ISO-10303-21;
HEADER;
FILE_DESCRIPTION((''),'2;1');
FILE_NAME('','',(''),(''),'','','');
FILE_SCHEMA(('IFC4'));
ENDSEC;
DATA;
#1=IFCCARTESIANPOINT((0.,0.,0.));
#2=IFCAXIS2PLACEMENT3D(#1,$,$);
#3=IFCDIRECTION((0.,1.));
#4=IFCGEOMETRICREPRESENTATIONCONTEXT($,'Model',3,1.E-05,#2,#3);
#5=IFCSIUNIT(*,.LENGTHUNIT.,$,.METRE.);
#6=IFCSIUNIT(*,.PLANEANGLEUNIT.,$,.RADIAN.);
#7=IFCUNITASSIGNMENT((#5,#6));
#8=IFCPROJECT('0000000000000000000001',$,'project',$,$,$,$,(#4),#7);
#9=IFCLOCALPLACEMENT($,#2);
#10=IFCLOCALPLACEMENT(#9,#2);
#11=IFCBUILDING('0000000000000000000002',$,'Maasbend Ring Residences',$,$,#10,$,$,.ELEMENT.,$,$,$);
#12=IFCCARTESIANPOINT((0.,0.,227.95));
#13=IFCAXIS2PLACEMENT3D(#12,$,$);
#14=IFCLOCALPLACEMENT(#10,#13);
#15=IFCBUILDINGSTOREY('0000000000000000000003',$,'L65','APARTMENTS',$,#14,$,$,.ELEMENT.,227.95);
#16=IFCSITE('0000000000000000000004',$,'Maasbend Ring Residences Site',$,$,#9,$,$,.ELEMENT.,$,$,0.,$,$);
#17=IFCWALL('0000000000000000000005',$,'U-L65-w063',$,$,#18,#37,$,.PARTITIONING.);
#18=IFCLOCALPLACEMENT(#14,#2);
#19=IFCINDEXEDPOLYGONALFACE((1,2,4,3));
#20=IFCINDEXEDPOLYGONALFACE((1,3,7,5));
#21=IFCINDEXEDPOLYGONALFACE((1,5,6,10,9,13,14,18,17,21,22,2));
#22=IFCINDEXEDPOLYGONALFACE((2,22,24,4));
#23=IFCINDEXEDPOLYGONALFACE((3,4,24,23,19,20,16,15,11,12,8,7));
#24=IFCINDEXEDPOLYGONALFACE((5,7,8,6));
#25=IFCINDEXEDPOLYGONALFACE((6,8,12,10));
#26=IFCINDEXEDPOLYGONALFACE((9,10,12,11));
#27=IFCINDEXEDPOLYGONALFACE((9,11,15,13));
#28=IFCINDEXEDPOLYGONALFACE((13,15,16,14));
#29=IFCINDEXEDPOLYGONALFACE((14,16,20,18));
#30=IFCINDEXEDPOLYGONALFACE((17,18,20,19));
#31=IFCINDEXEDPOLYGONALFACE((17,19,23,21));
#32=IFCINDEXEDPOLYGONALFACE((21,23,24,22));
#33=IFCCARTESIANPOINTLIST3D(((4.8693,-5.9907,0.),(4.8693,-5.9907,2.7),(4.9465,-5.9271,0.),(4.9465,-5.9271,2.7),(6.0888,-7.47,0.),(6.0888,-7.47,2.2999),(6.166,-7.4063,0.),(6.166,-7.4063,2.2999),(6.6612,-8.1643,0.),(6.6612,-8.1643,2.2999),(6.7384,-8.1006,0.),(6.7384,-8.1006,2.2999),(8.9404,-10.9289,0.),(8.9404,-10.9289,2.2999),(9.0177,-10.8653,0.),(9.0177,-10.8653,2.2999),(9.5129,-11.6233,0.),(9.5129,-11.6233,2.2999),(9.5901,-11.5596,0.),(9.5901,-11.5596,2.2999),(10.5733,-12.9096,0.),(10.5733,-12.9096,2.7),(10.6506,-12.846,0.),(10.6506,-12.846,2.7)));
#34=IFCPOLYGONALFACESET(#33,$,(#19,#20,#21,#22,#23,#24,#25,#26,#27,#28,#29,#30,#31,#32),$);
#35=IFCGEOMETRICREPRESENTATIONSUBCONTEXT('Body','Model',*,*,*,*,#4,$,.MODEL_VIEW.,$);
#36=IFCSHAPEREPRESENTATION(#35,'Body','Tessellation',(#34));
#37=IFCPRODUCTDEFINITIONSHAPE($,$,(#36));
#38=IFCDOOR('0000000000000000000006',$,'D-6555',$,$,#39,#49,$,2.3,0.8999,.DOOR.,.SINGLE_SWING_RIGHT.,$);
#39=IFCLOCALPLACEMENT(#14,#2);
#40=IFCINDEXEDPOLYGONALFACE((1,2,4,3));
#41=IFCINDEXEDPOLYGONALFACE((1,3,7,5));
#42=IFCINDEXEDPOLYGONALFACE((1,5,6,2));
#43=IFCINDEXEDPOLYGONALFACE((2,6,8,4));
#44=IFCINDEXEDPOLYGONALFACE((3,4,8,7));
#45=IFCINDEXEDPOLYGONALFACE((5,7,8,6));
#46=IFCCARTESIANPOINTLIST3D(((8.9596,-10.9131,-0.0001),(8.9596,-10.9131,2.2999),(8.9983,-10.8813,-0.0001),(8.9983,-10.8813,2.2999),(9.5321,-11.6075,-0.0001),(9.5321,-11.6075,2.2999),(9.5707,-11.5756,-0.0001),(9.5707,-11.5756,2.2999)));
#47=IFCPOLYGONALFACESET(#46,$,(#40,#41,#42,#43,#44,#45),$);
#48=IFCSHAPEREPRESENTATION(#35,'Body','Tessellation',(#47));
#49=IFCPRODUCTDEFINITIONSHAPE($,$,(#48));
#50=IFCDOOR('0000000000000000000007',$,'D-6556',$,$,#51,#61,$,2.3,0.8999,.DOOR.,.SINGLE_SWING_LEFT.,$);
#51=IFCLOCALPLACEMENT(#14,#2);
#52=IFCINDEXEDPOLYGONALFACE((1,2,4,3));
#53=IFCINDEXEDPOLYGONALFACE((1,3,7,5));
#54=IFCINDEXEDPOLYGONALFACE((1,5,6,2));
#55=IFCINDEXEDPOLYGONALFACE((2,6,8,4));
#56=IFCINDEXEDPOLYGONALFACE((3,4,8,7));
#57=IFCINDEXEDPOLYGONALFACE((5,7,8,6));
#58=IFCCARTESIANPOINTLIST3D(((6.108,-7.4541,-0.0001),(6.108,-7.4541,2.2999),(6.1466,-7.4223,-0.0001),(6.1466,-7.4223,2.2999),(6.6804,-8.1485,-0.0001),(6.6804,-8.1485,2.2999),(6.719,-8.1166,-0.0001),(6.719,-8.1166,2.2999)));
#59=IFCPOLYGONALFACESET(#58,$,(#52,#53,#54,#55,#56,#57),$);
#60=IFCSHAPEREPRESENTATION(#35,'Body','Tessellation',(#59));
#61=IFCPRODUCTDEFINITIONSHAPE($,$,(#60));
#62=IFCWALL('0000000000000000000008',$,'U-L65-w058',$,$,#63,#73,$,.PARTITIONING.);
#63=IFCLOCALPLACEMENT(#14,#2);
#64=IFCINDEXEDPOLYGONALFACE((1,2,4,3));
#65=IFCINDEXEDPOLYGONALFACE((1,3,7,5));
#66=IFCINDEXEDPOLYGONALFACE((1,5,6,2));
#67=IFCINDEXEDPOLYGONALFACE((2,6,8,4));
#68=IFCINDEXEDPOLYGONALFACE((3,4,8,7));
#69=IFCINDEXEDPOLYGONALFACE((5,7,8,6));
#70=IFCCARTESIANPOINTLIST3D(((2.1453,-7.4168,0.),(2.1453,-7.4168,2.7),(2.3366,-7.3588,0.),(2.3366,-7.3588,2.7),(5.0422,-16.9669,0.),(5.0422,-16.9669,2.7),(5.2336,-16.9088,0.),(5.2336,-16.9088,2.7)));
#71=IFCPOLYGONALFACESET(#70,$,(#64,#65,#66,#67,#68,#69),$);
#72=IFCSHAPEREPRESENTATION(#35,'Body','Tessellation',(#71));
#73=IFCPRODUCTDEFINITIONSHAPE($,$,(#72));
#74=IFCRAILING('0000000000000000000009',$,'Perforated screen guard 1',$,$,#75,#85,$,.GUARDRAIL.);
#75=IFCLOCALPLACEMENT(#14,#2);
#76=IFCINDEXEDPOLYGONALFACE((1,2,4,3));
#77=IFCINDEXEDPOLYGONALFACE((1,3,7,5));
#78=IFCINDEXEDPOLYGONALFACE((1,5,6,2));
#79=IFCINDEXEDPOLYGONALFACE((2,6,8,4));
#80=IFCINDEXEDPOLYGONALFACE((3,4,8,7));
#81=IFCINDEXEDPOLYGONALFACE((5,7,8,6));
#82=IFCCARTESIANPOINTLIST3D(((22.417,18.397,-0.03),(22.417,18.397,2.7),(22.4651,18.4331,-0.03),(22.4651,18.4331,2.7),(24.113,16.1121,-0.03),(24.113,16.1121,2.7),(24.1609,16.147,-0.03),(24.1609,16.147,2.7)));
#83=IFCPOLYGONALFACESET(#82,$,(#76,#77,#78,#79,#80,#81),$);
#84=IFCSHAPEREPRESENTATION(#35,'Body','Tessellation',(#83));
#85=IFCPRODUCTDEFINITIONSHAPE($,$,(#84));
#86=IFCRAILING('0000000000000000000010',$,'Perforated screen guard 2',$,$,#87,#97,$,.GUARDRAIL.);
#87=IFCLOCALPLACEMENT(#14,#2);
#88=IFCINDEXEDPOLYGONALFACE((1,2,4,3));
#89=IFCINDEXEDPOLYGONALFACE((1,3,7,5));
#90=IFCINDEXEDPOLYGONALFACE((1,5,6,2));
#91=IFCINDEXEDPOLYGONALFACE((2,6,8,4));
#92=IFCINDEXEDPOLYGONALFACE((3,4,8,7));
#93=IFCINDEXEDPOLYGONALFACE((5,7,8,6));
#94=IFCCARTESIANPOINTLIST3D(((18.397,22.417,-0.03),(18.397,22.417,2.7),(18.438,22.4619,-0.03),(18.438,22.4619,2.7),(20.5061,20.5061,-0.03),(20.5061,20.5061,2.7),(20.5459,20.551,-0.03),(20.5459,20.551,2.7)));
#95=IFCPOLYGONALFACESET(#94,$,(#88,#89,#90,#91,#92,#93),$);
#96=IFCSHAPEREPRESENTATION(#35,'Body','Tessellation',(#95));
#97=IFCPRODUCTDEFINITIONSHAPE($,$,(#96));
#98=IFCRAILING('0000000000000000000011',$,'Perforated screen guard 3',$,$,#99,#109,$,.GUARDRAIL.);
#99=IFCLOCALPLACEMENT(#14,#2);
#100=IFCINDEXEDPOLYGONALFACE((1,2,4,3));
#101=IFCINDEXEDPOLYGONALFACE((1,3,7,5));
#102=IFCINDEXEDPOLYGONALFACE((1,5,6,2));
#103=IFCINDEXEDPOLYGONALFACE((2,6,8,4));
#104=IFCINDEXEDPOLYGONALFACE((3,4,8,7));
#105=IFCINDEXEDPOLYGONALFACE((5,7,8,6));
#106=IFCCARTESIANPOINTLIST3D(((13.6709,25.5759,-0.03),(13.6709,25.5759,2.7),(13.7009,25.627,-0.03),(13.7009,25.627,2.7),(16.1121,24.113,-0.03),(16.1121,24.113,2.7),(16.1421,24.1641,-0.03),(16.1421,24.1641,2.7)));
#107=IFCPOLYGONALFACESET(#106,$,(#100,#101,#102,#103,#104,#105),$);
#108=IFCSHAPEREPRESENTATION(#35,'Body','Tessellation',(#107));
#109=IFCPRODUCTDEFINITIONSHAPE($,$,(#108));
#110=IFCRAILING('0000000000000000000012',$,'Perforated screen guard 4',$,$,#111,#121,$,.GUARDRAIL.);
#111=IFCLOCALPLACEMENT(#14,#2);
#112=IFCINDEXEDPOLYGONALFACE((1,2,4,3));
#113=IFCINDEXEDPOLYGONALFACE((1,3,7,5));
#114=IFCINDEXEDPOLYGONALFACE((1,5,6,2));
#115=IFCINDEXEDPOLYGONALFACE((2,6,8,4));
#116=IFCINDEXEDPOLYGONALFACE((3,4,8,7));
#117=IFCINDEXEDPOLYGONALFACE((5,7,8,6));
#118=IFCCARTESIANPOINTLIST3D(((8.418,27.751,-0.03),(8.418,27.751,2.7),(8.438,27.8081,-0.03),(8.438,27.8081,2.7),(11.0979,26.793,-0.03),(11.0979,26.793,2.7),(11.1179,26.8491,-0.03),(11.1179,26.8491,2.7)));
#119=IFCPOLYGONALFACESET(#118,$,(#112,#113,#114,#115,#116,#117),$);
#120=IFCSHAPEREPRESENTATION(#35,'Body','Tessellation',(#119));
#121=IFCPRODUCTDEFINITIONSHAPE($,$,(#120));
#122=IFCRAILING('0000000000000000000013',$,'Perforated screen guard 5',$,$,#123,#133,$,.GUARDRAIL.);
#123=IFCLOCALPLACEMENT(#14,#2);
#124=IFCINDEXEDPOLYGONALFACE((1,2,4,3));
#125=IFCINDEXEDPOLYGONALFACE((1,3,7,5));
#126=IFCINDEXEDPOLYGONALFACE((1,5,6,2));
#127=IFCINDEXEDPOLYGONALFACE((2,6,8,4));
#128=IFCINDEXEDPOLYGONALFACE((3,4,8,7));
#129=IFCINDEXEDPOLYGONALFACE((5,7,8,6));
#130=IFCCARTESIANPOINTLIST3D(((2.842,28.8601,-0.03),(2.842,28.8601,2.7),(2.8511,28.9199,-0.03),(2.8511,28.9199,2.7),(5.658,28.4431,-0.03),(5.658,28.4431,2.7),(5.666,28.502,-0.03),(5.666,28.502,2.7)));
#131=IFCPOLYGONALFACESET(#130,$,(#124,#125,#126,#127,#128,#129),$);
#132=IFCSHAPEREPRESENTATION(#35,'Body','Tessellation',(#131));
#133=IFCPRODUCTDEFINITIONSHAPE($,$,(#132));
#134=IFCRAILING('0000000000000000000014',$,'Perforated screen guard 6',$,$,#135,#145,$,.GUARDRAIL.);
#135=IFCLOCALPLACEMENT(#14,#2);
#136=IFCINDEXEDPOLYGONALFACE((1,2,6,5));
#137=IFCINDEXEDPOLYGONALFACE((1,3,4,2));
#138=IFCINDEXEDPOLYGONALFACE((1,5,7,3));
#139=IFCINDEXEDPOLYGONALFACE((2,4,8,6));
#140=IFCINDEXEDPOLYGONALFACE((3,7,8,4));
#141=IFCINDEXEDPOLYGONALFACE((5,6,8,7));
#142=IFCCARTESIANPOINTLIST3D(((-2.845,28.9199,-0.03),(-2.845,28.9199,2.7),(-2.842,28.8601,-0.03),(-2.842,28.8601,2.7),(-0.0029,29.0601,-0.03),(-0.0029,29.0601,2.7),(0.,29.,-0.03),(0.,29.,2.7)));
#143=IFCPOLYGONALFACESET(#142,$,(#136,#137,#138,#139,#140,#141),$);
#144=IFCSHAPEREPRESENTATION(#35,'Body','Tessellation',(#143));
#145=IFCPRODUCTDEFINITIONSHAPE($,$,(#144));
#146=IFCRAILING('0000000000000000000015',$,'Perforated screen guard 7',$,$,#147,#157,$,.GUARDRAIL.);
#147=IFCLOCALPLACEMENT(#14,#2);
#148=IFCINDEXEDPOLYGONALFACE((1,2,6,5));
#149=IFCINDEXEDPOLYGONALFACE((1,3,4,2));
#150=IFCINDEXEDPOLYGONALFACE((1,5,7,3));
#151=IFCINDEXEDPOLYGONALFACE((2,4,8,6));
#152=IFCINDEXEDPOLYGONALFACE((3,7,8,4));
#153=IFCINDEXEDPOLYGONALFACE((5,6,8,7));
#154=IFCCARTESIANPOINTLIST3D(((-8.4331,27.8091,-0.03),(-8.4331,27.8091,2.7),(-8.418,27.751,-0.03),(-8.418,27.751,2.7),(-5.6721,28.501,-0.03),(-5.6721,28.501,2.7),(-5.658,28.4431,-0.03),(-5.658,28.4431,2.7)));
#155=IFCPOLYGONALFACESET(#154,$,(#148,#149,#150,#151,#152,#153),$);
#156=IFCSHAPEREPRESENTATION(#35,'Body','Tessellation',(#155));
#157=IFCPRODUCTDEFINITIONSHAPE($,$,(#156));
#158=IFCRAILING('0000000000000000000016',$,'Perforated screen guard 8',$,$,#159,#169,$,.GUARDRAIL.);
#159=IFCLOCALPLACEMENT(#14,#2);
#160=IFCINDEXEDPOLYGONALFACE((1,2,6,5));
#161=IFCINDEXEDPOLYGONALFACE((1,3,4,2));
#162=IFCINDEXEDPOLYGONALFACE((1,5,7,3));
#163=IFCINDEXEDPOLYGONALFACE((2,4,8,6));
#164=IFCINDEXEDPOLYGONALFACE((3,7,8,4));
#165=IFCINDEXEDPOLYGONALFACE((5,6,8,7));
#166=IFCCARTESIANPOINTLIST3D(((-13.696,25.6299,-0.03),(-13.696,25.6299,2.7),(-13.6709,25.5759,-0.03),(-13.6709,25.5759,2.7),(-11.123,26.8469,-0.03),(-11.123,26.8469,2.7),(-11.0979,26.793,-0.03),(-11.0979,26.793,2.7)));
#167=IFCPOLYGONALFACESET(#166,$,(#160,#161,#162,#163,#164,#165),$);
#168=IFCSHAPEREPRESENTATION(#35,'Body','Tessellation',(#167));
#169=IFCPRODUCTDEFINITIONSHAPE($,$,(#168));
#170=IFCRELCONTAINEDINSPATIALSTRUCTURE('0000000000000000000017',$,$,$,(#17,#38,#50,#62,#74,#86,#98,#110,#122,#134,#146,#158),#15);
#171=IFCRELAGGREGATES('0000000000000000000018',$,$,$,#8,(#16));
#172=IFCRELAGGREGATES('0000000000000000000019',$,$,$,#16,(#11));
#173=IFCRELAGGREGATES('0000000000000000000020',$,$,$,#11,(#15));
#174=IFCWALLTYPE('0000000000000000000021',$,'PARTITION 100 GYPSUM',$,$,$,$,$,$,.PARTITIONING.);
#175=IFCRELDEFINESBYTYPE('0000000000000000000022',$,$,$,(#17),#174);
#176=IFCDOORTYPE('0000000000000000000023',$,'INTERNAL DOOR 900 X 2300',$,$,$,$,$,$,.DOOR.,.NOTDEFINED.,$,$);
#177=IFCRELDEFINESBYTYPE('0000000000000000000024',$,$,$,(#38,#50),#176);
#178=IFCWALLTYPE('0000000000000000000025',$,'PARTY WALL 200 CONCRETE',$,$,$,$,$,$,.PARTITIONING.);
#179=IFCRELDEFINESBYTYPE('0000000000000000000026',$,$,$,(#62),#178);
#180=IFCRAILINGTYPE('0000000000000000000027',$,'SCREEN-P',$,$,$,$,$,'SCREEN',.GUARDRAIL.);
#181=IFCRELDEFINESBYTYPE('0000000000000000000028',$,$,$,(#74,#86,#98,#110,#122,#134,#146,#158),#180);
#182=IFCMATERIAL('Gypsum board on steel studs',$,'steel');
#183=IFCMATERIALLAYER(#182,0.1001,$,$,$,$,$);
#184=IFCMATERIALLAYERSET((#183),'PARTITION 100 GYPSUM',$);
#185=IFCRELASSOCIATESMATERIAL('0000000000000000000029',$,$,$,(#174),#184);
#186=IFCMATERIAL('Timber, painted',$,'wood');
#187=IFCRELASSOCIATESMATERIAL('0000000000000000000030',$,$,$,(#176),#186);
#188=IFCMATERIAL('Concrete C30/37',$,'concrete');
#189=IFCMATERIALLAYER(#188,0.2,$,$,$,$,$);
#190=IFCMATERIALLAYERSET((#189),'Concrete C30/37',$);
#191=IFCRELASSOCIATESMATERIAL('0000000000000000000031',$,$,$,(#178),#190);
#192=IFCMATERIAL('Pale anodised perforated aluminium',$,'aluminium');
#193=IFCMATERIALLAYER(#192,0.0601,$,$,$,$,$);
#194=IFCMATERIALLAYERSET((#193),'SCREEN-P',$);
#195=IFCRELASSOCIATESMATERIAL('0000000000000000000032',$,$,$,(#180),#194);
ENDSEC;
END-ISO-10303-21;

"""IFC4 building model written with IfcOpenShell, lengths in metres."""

from ifc_helpers import new_model, si_unit, direction, frame, frame_2d, origin, place, context, subcontext, project, spatial, polyline, rectangle, outline, extrude, material, layer, layer_set, type_object, element, fill, save


model = new_model("IFC4")

# Units and contexts
model_context = context("Model", 3, precision=1e-05, world=origin(), true_north=direction((0.0, 1.0)))
body_context = subcontext(model_context, "Body", "Model", "MODEL_VIEW")
ifc_project = project(units=[si_unit("LENGTHUNIT", "METRE"), si_unit("PLANEANGLEUNIT", "RADIAN")], contexts=[model_context])

# Site, building, storey
site_placement = place(None, origin())
site = spatial("IfcSite", under=ifc_project, at=site_placement, Name="Maasbend Ring Residences Site", CompositionType="ELEMENT", RefElevation=0.0)
building_placement = place(site_placement, origin())
building = spatial("IfcBuilding", under=site, at=building_placement, Name="Maasbend Ring Residences", CompositionType="ELEMENT")
storey_placement = place(building_placement, frame((0.0, 0.0, 227.95)))
storey = spatial("IfcBuildingStorey", under=building, at=storey_placement, Name="L65", Description="APARTMENTS", CompositionType="ELEMENT", Elevation=227.95)

# Wall, openings, doors
ifc_material_1 = material(Name="Gypsum board on steel studs", Category="steel")
ifc_layer_1 = layer(ifc_material_1, 0.1001)
ifc_layer_set_1 = layer_set([ifc_layer_1], Name="PARTITION 100 GYPSUM")
wall_type_1 = type_object("IfcWallType", Name="PARTITION 100 GYPSUM", PredefinedType="PARTITIONING", material=ifc_layer_set_1)
wall_1_placement = place(storey_placement, frame((4.908, -5.959, 0.0), z_axis=(0.0, 0.0, 1.0), x_axis=(0.636116, -0.771594, 0.0)))
wall_1 = element("IfcWall", 1, at=wall_1_placement, inside=storey, type_object=wall_type_1, Name="U-L65-w063", PredefinedType="PARTITIONING", context=body_context, shape_type="SweptSolid", body=[
    extrude(rectangle(XDim=8.967, YDim=0.1001, at=frame_2d((4.4834, 0.0))), origin(), (0.0, 0.0, 1.0), 2.7),
])
opening_1_placement = place(wall_1_placement, frame((6.3999, 0.0, 0.0)))
opening_1 = element("IfcOpeningElement", 2, at=opening_1_placement, cuts=wall_1, PredefinedType="OPENING", context=body_context, shape_type="SweptSolid", body=[
    extrude(rectangle(XDim=0.8999, YDim=2.3, at=frame_2d((0.45, 1.1499))), frame((0.0, 0.0601, 0.0), z_axis=(0.0, -1.0, 0.0), x_axis=(1.0, 0.0, 0.0)), (0.0, 0.0, 1.0), 0.1201),
])
opening_2_placement = place(wall_1_placement, frame((1.917, 0.0, 0.0)))
opening_2 = element("IfcOpeningElement", 3, at=opening_2_placement, cuts=wall_1, PredefinedType="OPENING", context=body_context, shape_type="SweptSolid", body=[
    extrude(rectangle(XDim=0.8999, YDim=2.3, at=frame_2d((0.45, 1.1499))), frame((0.0, 0.0601, 0.0), z_axis=(0.0, -1.0, 0.0), x_axis=(1.0, 0.0, 0.0)), (0.0, 0.0, 1.0), 0.1201),
])
ifc_material_2 = material(Name="Timber, painted", Category="wood")
door_type = type_object("IfcDoorType", Name="INTERNAL DOOR 900 X 2300", OperationType="NOTDEFINED", PredefinedType="DOOR", material=ifc_material_2)
door_1_placement = place(opening_1_placement, origin())
door_1 = element("IfcDoor", 4, at=door_1_placement, inside=storey, type_object=door_type, Name="D-6555", OperationType="SINGLE_SWING_RIGHT", OverallHeight=2.3, OverallWidth=0.8999, PredefinedType="DOOR", context=body_context, shape_type="SweptSolid", body=[
    extrude(rectangle(XDim=0.8999, YDim=2.3, at=frame_2d((0.45, 1.1499))), frame((0.0, 0.0249, 0.0), z_axis=(0.0, -1.0, 0.0), x_axis=(1.0, 0.0, 0.0)), (0.0, 0.0, 1.0), 0.05),
])
fill(opening_1, door_1)
door_2_placement = place(opening_2_placement, origin())
door_2 = element("IfcDoor", 5, at=door_2_placement, inside=storey, type_object=door_type, Name="D-6556", OperationType="SINGLE_SWING_LEFT", OverallHeight=2.3, OverallWidth=0.8999, PredefinedType="DOOR", context=body_context, shape_type="SweptSolid", body=[
    extrude(rectangle(XDim=0.8999, YDim=2.3, at=frame_2d((0.45, 1.1499))), frame((0.0, 0.0249, 0.0), z_axis=(0.0, -1.0, 0.0), x_axis=(1.0, 0.0, 0.0)), (0.0, 0.0, 1.0), 0.05),
])
fill(opening_2, door_2)

# Wall
ifc_material_3 = material(Name="Concrete C30/37", Category="concrete")
ifc_layer_2 = layer(ifc_material_3, 0.2)
ifc_layer_set_2 = layer_set([ifc_layer_2], Name="Concrete C30/37")
wall_type_2 = type_object("IfcWallType", Name="PARTY WALL 200 CONCRETE", PredefinedType="PARTITIONING", material=ifc_layer_set_2)
wall_2_placement = place(storey_placement, frame((2.241, -7.3879, 0.0), z_axis=(0.0, 0.0, 1.0), x_axis=(0.290284, -0.95694, 0.0)))
element("IfcWall", 6, at=wall_2_placement, inside=storey, type_object=wall_type_2, Name="U-L65-w058", PredefinedType="PARTITIONING", context=body_context, shape_type="SweptSolid", body=[
    extrude(rectangle(XDim=9.9797, YDim=0.2, at=frame_2d((4.9897, 0.0))), origin(), (0.0, 0.0, 1.0), 2.7),
])

# Railings
ifc_material_4 = material(Name="Pale anodised perforated aluminium", Category="aluminium")
ifc_layer_3 = layer(ifc_material_4, 0.0601)
ifc_layer_set_3 = layer_set([ifc_layer_3], Name="SCREEN-P")
railing_type = type_object("IfcRailingType", Name="SCREEN-P", ElementType="SCREEN", PredefinedType="GUARDRAIL", material=ifc_layer_set_3)
railing_1_placement = place(storey_placement, frame((0.0, 0.0, -0.03)))
element("IfcRailing", 7, at=railing_1_placement, inside=storey, type_object=railing_type, Name="Perforated screen guard 1", PredefinedType="GUARDRAIL", context=body_context, shape_type="SweptSolid", body=[
    extrude(outline(polyline([(24.113, 16.1121), (22.417, 18.397), (22.4651, 18.4331), (24.1609, 16.147), (24.113, 16.1121)])), origin(), (0.0, 0.0, 1.0), 2.73),
])
railing_2_placement = place(storey_placement, frame((0.0, 0.0, -0.03)))
element("IfcRailing", 8, at=railing_2_placement, inside=storey, type_object=railing_type, Name="Perforated screen guard 2", PredefinedType="GUARDRAIL", context=body_context, shape_type="SweptSolid", body=[
    extrude(outline(polyline([(20.5061, 20.5061), (18.397, 22.417), (18.438, 22.4619), (20.5459, 20.551), (20.5061, 20.5061)])), origin(), (0.0, 0.0, 1.0), 2.73),
])
railing_3_placement = place(storey_placement, frame((0.0, 0.0, -0.03)))
element("IfcRailing", 9, at=railing_3_placement, inside=storey, type_object=railing_type, Name="Perforated screen guard 3", PredefinedType="GUARDRAIL", context=body_context, shape_type="SweptSolid", body=[
    extrude(outline(polyline([(16.1121, 24.113), (13.6709, 25.5759), (13.7009, 25.627), (16.1421, 24.1641), (16.1121, 24.113)])), origin(), (0.0, 0.0, 1.0), 2.73),
])
railing_4_placement = place(storey_placement, frame((0.0, 0.0, -0.03)))
element("IfcRailing", 10, at=railing_4_placement, inside=storey, type_object=railing_type, Name="Perforated screen guard 4", PredefinedType="GUARDRAIL", context=body_context, shape_type="SweptSolid", body=[
    extrude(outline(polyline([(11.0979, 26.793), (8.418, 27.751), (8.438, 27.8081), (11.1179, 26.8491), (11.0979, 26.793)])), origin(), (0.0, 0.0, 1.0), 2.73),
])
railing_5_placement = place(storey_placement, frame((0.0, 0.0, -0.03)))
element("IfcRailing", 11, at=railing_5_placement, inside=storey, type_object=railing_type, Name="Perforated screen guard 5", PredefinedType="GUARDRAIL", context=body_context, shape_type="SweptSolid", body=[
    extrude(outline(polyline([(5.658, 28.4431), (2.842, 28.8601), (2.8511, 28.9199), (5.666, 28.502), (5.658, 28.4431)])), origin(), (0.0, 0.0, 1.0), 2.73),
])
railing_6_placement = place(storey_placement, frame((0.0, 0.0, -0.03)))
element("IfcRailing", 12, at=railing_6_placement, inside=storey, type_object=railing_type, Name="Perforated screen guard 6", PredefinedType="GUARDRAIL", context=body_context, shape_type="SweptSolid", body=[
    extrude(outline(polyline([(0.0, 29.0), (-2.842, 28.8601), (-2.845, 28.9199), (-0.0029, 29.0601), (0.0, 29.0)])), origin(), (0.0, 0.0, 1.0), 2.73),
])
railing_7_placement = place(storey_placement, frame((0.0, 0.0, -0.03)))
element("IfcRailing", 13, at=railing_7_placement, inside=storey, type_object=railing_type, Name="Perforated screen guard 7", PredefinedType="GUARDRAIL", context=body_context, shape_type="SweptSolid", body=[
    extrude(outline(polyline([(-5.658, 28.4431), (-8.418, 27.751), (-8.4331, 27.8091), (-5.6721, 28.501), (-5.658, 28.4431)])), origin(), (0.0, 0.0, 1.0), 2.73),
])
railing_8_placement = place(storey_placement, frame((0.0, 0.0, -0.03)))
element("IfcRailing", 14, at=railing_8_placement, inside=storey, type_object=railing_type, Name="Perforated screen guard 8", PredefinedType="GUARDRAIL", context=body_context, shape_type="SweptSolid", body=[
    extrude(outline(polyline([(-11.0979, 26.793), (-13.6709, 25.5759), (-13.696, 25.6299), (-11.123, 26.8469), (-11.0979, 26.793)])), origin(), (0.0, 0.0, 1.0), 2.73),
])

save(model, "model.ifc")
